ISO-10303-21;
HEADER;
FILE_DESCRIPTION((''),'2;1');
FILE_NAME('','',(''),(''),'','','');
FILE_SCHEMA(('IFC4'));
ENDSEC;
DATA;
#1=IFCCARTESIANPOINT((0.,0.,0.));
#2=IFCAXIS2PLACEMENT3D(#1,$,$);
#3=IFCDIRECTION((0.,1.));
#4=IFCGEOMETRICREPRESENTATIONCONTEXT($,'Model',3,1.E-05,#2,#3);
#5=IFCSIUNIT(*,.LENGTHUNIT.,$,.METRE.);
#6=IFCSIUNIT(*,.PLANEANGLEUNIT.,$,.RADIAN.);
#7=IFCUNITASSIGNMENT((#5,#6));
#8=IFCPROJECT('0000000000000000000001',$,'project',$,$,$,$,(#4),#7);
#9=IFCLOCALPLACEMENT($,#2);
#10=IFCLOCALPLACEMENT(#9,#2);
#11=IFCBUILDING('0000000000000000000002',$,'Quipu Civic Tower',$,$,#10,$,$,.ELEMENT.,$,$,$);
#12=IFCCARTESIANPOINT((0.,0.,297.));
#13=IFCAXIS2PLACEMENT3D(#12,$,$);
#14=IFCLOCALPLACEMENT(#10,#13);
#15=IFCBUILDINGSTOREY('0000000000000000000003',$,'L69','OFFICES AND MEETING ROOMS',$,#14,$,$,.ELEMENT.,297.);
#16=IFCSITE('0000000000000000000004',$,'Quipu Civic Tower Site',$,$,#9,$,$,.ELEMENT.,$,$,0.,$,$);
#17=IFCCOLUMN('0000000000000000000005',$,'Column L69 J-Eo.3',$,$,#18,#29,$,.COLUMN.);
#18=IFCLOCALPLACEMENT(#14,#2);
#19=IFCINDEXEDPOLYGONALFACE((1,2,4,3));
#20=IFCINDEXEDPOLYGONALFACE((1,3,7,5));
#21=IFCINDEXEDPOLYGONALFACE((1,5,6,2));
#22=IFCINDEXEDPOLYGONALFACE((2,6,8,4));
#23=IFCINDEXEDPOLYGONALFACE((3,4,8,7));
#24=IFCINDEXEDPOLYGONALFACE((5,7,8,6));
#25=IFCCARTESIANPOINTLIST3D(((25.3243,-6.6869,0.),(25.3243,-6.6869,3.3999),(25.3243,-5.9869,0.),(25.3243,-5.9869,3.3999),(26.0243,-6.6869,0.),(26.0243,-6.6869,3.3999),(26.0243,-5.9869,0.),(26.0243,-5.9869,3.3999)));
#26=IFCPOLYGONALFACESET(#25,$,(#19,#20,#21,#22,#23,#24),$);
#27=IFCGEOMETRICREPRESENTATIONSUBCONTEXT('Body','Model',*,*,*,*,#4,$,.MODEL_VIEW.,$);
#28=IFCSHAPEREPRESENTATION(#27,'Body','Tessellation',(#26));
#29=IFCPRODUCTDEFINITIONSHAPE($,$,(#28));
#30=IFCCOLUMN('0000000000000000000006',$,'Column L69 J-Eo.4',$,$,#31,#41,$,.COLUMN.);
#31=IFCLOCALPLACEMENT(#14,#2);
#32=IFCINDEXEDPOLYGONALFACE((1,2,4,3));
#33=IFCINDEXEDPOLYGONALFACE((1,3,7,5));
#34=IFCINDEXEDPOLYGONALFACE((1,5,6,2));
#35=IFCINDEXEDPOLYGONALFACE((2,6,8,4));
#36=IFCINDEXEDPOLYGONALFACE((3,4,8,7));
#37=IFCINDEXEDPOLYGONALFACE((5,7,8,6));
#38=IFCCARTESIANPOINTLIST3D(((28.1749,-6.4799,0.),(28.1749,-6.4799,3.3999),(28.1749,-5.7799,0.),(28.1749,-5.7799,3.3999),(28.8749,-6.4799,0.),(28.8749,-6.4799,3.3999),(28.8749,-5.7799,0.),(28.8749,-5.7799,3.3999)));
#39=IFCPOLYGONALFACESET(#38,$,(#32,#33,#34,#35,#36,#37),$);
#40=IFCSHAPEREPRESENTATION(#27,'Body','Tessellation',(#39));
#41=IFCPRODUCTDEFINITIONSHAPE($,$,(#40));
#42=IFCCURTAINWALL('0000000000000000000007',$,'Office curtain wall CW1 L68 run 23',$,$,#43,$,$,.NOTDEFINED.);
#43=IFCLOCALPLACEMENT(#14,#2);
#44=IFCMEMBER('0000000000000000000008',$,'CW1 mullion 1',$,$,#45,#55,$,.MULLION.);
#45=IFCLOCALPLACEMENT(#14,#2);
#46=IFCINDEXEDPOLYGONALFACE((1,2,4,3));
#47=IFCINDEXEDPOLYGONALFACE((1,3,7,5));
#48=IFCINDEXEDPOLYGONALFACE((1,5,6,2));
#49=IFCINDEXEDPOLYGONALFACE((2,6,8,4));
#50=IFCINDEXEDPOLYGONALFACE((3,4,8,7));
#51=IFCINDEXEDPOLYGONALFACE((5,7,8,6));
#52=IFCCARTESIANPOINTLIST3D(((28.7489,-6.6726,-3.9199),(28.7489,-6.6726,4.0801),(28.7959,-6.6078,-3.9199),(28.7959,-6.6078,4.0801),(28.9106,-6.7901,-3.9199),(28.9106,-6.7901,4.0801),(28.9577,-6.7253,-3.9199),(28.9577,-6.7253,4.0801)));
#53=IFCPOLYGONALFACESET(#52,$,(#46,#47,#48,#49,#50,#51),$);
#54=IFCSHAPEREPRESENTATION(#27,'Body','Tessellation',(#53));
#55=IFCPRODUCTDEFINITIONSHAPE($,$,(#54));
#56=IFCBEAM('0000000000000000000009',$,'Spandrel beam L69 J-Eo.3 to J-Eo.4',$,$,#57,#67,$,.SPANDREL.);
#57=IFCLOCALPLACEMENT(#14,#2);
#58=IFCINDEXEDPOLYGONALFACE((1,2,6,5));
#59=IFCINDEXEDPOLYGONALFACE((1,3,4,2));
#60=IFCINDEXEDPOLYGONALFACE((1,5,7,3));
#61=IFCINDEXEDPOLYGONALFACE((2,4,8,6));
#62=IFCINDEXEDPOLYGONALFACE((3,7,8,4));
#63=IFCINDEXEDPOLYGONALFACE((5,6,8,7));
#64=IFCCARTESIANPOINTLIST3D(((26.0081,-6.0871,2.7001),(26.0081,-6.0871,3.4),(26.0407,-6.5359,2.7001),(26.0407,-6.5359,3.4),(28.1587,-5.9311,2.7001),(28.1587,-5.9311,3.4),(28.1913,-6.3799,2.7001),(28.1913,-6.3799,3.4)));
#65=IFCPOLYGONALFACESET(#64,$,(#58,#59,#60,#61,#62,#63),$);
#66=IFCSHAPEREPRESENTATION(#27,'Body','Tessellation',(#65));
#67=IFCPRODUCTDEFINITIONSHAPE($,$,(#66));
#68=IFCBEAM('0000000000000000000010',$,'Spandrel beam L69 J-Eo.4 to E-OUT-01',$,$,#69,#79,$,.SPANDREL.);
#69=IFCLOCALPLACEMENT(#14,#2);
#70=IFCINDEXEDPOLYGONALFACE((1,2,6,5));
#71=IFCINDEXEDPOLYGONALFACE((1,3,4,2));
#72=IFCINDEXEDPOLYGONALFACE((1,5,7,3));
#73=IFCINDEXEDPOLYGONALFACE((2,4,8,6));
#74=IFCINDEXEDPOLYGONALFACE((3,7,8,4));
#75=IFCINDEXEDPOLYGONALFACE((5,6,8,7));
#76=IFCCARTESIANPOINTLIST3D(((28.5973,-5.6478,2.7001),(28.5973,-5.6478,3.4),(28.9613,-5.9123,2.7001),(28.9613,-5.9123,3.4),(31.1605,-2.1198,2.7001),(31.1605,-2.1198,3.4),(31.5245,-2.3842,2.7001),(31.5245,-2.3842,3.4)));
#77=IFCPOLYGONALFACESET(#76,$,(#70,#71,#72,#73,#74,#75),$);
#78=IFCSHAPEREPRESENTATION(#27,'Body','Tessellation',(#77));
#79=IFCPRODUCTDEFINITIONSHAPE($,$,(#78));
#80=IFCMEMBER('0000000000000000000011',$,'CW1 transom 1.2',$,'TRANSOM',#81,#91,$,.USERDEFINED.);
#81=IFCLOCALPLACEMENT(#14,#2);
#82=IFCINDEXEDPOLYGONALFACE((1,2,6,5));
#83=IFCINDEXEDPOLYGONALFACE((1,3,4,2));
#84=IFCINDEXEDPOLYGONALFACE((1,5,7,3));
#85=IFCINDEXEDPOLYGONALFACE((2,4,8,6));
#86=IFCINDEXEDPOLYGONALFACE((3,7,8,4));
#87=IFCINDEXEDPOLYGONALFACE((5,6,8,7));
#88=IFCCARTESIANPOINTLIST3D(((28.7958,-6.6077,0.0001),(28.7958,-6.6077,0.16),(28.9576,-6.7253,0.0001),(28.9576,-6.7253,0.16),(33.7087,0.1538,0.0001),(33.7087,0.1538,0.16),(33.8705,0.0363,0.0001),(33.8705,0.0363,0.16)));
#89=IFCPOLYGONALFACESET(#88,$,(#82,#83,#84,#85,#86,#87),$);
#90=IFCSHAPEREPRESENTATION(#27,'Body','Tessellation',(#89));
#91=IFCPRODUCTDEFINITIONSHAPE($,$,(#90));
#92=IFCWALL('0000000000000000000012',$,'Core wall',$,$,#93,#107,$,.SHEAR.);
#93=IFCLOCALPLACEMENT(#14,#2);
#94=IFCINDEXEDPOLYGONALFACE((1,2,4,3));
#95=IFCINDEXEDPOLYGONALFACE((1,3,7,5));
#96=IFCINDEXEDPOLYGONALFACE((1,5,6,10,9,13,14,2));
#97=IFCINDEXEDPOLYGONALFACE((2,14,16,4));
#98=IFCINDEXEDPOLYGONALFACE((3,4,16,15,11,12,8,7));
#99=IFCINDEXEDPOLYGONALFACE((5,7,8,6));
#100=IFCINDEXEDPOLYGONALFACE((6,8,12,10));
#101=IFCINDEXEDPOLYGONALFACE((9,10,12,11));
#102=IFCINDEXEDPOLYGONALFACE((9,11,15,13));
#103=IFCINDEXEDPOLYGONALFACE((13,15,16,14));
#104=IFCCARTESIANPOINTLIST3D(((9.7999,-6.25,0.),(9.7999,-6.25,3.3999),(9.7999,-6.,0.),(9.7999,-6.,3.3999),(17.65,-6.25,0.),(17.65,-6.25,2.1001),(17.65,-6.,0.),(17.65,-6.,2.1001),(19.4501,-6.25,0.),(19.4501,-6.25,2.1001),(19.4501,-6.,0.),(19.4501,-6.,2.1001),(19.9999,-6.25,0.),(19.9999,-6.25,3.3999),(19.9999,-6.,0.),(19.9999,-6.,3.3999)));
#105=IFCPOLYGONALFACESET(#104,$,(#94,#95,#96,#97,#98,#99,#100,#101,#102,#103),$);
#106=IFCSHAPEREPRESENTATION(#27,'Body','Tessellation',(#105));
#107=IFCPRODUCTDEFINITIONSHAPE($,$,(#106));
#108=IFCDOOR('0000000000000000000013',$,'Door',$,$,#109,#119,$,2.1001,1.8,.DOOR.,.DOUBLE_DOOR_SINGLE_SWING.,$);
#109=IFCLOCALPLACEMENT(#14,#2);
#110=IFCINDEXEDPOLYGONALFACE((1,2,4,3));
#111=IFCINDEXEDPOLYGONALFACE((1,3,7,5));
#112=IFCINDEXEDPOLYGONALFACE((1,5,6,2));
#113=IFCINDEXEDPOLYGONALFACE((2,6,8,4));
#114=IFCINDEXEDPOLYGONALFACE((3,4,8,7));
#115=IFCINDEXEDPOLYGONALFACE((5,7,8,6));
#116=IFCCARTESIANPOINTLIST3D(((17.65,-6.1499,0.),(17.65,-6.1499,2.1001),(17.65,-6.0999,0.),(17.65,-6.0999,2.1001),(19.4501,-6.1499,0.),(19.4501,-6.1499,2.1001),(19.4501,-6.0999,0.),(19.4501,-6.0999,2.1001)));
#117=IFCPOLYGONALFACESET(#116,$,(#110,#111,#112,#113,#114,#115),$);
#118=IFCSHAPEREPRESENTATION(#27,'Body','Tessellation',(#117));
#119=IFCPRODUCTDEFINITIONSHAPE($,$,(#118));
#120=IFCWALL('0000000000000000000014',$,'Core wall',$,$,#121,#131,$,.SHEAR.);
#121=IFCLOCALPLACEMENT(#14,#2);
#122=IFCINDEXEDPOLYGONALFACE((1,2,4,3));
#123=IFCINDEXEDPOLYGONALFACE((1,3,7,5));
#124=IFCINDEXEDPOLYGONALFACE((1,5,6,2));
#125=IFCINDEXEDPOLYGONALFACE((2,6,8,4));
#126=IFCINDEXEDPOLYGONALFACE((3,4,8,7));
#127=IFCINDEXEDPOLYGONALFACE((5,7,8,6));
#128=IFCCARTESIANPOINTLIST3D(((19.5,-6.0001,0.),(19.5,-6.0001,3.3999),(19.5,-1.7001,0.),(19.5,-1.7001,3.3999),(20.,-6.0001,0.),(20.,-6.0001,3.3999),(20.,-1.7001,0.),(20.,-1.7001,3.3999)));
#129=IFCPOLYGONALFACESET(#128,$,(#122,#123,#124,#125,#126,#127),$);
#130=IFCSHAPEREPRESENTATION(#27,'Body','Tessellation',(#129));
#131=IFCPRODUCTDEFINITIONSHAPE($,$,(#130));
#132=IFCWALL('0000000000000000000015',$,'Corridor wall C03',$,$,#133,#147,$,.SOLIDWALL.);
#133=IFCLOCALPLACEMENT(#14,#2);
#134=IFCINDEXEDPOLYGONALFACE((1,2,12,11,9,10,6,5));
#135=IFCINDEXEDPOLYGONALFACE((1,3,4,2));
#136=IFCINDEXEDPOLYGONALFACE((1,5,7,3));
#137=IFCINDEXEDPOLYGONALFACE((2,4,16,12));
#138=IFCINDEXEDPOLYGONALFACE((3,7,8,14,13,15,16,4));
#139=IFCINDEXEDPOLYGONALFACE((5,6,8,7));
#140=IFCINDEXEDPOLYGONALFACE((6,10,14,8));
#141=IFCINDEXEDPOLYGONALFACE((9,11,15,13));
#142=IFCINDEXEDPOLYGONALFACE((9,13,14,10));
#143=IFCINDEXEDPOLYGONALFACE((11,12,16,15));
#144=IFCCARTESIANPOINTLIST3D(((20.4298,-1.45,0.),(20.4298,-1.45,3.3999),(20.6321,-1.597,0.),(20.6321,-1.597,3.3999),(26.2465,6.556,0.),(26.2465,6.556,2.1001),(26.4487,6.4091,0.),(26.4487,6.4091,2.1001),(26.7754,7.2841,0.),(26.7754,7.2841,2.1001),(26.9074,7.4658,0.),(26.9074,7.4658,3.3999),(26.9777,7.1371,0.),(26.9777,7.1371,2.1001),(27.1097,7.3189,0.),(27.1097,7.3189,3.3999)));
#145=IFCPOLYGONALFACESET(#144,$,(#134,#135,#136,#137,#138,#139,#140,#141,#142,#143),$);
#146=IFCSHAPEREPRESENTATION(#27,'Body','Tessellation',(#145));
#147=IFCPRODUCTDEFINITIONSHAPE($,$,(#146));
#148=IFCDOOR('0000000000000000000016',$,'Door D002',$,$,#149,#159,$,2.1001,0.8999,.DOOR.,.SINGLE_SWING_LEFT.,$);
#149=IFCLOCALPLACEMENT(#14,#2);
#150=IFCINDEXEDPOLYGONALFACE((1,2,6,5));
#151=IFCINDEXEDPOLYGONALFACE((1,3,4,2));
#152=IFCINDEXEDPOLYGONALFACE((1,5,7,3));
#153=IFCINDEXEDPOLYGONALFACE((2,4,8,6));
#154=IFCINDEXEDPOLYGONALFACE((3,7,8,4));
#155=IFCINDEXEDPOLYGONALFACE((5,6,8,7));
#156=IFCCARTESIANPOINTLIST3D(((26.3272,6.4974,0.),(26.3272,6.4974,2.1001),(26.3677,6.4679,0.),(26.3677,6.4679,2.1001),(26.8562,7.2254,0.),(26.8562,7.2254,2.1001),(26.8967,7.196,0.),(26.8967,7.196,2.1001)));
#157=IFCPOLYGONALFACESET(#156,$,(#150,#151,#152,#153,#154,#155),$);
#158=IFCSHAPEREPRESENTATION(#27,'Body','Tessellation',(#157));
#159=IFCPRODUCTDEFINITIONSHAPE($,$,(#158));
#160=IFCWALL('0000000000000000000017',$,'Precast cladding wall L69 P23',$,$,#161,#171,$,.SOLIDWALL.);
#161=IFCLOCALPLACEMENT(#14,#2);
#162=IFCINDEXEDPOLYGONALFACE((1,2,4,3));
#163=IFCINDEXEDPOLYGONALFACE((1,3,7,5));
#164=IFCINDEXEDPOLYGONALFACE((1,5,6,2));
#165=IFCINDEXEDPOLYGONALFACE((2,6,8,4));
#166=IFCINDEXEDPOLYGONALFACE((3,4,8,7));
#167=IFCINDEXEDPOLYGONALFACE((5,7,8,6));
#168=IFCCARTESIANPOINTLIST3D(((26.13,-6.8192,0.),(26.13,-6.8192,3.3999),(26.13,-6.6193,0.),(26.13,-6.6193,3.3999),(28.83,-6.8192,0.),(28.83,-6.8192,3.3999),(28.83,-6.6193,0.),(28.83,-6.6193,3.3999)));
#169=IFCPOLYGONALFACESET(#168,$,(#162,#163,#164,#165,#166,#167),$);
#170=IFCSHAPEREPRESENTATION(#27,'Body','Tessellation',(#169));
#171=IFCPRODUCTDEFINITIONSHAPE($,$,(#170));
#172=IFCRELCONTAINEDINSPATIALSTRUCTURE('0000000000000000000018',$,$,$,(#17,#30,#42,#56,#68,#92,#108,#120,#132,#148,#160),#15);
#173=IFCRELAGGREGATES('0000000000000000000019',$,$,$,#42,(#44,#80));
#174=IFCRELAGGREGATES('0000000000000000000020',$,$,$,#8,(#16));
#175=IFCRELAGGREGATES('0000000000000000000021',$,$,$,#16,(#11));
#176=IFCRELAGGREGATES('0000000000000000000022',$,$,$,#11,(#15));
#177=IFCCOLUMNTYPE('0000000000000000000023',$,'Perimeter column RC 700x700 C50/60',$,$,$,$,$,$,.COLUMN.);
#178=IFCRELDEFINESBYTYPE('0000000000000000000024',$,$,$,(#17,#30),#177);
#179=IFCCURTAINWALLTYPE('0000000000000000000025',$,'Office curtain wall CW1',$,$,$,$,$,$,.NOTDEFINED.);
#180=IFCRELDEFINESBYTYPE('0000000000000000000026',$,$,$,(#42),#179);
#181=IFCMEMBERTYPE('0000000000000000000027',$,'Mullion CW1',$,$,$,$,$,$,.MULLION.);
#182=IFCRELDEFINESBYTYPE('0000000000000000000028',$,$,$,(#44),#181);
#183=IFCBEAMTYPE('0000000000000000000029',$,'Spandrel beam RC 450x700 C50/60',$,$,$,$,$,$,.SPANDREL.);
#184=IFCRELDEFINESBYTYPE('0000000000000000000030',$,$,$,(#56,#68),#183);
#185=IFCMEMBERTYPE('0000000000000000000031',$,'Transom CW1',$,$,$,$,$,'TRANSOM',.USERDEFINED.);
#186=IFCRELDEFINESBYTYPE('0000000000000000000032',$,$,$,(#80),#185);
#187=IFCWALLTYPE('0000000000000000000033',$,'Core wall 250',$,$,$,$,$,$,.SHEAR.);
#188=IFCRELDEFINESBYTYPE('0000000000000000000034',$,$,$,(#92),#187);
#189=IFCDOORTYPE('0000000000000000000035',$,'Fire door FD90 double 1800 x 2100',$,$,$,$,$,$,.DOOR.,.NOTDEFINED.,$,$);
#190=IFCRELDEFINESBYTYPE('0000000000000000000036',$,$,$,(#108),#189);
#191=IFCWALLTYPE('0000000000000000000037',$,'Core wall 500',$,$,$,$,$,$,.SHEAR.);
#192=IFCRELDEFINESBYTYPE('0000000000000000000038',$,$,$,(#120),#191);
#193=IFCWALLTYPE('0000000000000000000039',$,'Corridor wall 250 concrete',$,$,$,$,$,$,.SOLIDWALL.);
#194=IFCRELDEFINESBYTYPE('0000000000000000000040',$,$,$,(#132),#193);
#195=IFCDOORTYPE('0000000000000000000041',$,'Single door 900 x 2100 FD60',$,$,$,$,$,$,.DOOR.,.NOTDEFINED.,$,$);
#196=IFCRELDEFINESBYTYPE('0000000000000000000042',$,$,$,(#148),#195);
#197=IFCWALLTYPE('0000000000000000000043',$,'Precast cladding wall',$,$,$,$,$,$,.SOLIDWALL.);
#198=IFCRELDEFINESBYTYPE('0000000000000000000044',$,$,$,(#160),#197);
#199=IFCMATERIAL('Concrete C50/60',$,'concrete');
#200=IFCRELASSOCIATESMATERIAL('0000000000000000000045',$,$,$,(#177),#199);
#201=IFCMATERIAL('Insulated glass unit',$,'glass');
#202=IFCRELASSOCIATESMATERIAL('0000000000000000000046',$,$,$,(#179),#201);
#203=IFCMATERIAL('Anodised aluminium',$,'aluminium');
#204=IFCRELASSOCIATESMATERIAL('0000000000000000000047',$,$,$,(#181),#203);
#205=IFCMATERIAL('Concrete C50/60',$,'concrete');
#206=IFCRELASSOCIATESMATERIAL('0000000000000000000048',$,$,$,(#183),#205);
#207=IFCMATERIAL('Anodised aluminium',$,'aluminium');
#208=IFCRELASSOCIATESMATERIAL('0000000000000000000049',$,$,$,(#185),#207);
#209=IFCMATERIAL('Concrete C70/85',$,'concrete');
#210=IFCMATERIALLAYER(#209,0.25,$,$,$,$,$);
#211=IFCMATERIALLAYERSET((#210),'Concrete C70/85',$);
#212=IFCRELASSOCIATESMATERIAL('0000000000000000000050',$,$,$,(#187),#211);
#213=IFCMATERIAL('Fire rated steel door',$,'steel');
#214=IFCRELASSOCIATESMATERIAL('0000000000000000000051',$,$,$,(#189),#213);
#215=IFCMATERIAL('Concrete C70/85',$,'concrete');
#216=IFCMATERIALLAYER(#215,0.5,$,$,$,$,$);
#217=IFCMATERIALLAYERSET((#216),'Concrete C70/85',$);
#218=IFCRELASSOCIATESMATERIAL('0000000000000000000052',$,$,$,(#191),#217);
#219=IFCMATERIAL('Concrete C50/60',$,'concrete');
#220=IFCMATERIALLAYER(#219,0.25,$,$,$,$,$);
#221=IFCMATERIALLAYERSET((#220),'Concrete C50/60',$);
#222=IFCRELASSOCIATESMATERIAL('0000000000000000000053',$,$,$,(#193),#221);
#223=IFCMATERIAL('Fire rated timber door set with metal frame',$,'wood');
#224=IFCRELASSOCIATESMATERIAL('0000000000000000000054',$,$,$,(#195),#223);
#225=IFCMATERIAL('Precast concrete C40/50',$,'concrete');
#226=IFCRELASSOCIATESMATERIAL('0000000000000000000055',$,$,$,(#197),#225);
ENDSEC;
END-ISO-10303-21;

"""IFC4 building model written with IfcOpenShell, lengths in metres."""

from ifc_helpers import new_model, si_unit, direction, frame, frame_2d, origin, origin_2d, place, context, subcontext, project, spatial, rectangle, extrude, material, layer, layer_set, material_profile, profile_set, type_object, element, fill, aggregate, save


model = new_model("IFC4")

# Units and contexts
model_context = context("Model", 3, precision=1e-05, world=origin(), true_north=direction((0.0, 1.0)))
body_context = subcontext(model_context, "Body", "Model", "MODEL_VIEW")
ifc_project = project(units=[si_unit("LENGTHUNIT", "METRE"), si_unit("PLANEANGLEUNIT", "RADIAN")], contexts=[model_context])

# Site, building, storey
site_placement = place(None, origin())
site = spatial("IfcSite", under=ifc_project, at=site_placement, Name="Quipu Civic Tower Site", CompositionType="ELEMENT", RefElevation=0.0)
building_placement = place(site_placement, origin())
building = spatial("IfcBuilding", under=site, at=building_placement, Name="Quipu Civic Tower", CompositionType="ELEMENT")
storey_placement = place(building_placement, frame((0.0, 0.0, 297.0)))
storey = spatial("IfcBuildingStorey", under=building, at=storey_placement, Name="L69", Description="OFFICES AND MEETING ROOMS", CompositionType="ELEMENT", Elevation=297.0)

# Columns
ifc_material_1 = material(Name="Concrete C50/60", Category="concrete")
ifc_material_profile_1 = material_profile(ifc_material_1, rectangle(XDim=0.7, YDim=0.7, at=origin_2d()), Name="RC700x700")
ifc_profile_set_1 = profile_set([ifc_material_profile_1], Name="Concrete C50/60")
column_type = type_object("IfcColumnType", Name="Perimeter column RC 700x700 C50/60", PredefinedType="COLUMN", material=ifc_profile_set_1)
for number, where, z_axis, x_axis, name in (
    (1, (25.6743, -6.3369, 0.0), (0.0, 0.0, 1.0), (1.0, 0.0, 0.0), "Column L69 J-Eo.3"),
    (2, (28.5249, -6.1299, 0.0), (0.0, 0.0, 1.0), (1.0, 0.0, 0.0), "Column L69 J-Eo.4"),
):
    element("IfcColumn", number, at=place(storey_placement, frame(where, z_axis=z_axis, x_axis=x_axis)), inside=storey, type_object=column_type, Name=name, PredefinedType="COLUMN", context=body_context, shape_type="SweptSolid", body=[
        extrude(rectangle(XDim=0.7, YDim=0.7, at=origin_2d()), origin(), (0.0, 0.0, 1.0), 3.3999),
    ])

# Curtain wall, member
ifc_material_2 = material(Name="Insulated glass unit", Category="glass")
curtain_wall_type = type_object("IfcCurtainWallType", Name="Office curtain wall CW1", PredefinedType="NOTDEFINED", material=ifc_material_2)
curtain_wall_placement = place(storey_placement, origin())
curtain_wall = element("IfcCurtainWall", 3, at=curtain_wall_placement, inside=storey, type_object=curtain_wall_type, Name="Office curtain wall CW1 L68 run 23", PredefinedType="NOTDEFINED")
ifc_material_3 = material(Name="Anodised aluminium", Category="aluminium")
ifc_material_profile_2 = material_profile(ifc_material_3, rectangle(XDim=0.2, YDim=0.0801, at=origin_2d()), Name="RECT 200x80")
ifc_profile_set_2 = profile_set([ifc_material_profile_2], Name="Anodised aluminium")
member_type_1 = type_object("IfcMemberType", Name="Mullion CW1", PredefinedType="MULLION", material=ifc_profile_set_2)
member_1_placement = place(storey_placement, frame((28.8533, -6.699, -3.9199), z_axis=(0.0, 0.0, 1.0), x_axis=(-0.809016, 0.587786, 0.0)))
member_1 = element("IfcMember", 4, at=member_1_placement, type_object=member_type_1, Name="CW1 mullion 1", PredefinedType="MULLION", context=body_context, shape_type="SweptSolid", body=[
    extrude(rectangle(XDim=0.2, YDim=0.0801, at=origin_2d()), origin(), (0.0, 0.0, 1.0), 8.0),
])

# Beams
ifc_material_4 = material(Name="Concrete C50/60", Category="concrete")
ifc_material_profile_3 = material_profile(ifc_material_4, rectangle(XDim=0.45, YDim=0.7, at=origin_2d()), Name="RC450x700")
ifc_profile_set_3 = profile_set([ifc_material_profile_3], Name="Concrete C50/60")
beam_type = type_object("IfcBeamType", Name="Spandrel beam RC 450x700 C50/60", PredefinedType="SPANDREL", material=ifc_profile_set_3)
beam_1_placement = place(storey_placement, frame((26.0244, -6.3115, 3.05), z_axis=(0.997379, 0.072349, 0.0), x_axis=(-0.072349, 0.997379, 0.0)))
element("IfcBeam", 5, at=beam_1_placement, inside=storey, type_object=beam_type, Name="Spandrel beam L69 J-Eo.3 to J-Eo.4", PredefinedType="SPANDREL", context=body_context, shape_type="SweptSolid", body=[
    extrude(rectangle(XDim=0.45, YDim=0.7, at=origin_2d()), origin(), (0.0, 0.0, 1.0), 2.1562),
])
beam_2_placement = place(storey_placement, frame((28.7793, -5.78, 3.05), z_axis=(0.587776, 0.809024, 0.0), x_axis=(-0.809024, 0.587776, 0.0)))
element("IfcBeam", 6, at=beam_2_placement, inside=storey, type_object=beam_type, Name="Spandrel beam L69 J-Eo.4 to E-OUT-01", PredefinedType="SPANDREL", context=body_context, shape_type="SweptSolid", body=[
    extrude(rectangle(XDim=0.45, YDim=0.7, at=origin_2d()), origin(), (0.0, 0.0, 1.0), 4.3608),
])

# Member
ifc_material_5 = material(Name="Anodised aluminium", Category="aluminium")
ifc_material_profile_4 = material_profile(ifc_material_5, rectangle(XDim=0.2, YDim=0.1599, at=origin_2d()), Name="RECT 200x160")
ifc_profile_set_4 = profile_set([ifc_material_profile_4], Name="Anodised aluminium")
member_type_2 = type_object("IfcMemberType", Name="Transom CW1", ElementType="TRANSOM", PredefinedType="USERDEFINED", material=ifc_profile_set_4)
member_2_placement = place(storey_placement, frame((28.8767, -6.6665, 0.0801), z_axis=(0.587812, 0.808997, 0.0), x_axis=(-0.808997, 0.587812, 0.0)))
member_2 = element("IfcMember", 7, at=member_2_placement, type_object=member_type_2, Name="CW1 transom 1.2", ObjectType="TRANSOM", PredefinedType="USERDEFINED", context=body_context, shape_type="SweptSolid", body=[
    extrude(rectangle(XDim=0.2, YDim=0.1599, at=origin_2d()), origin(), (0.0, 0.0, 1.0), 8.3579),
])
aggregate(curtain_wall, [member_1, member_2])

# Wall, opening, door
ifc_material_6 = material(Name="Concrete C70/85", Category="concrete")
ifc_layer_1 = layer(ifc_material_6, 0.25)
ifc_layer_set_1 = layer_set([ifc_layer_1], Name="Concrete C70/85")
wall_type_1 = type_object("IfcWallType", Name="Core wall 250", PredefinedType="SHEAR", material=ifc_layer_set_1)
wall_1_placement = place(storey_placement, frame((20.0, -6.125, 0.0), z_axis=(0.0, 0.0, 1.0), x_axis=(-1.0, 0.0, 0.0)))
wall_1 = element("IfcWall", 8, at=wall_1_placement, inside=storey, type_object=wall_type_1, Name="Core wall", PredefinedType="SHEAR", context=body_context, shape_type="SweptSolid", body=[
    extrude(rectangle(XDim=10.2, YDim=0.25, at=frame_2d((5.1001, 0.0))), origin(), (0.0, 0.0, 1.0), 3.3999),
])
opening_1_placement = place(wall_1_placement, frame((0.55, 0.0, 0.0)))
opening_1 = element("IfcOpeningElement", 9, at=opening_1_placement, cuts=wall_1, PredefinedType="OPENING", context=body_context, shape_type="SweptSolid", body=[
    extrude(rectangle(XDim=1.8, YDim=2.1001, at=frame_2d((0.8999, 1.05))), frame((0.0, 0.135, 0.0), z_axis=(0.0, -1.0, 0.0), x_axis=(1.0, 0.0, 0.0)), (0.0, 0.0, 1.0), 0.27),
])
ifc_material_7 = material(Name="Fire rated steel door", Category="steel")
door_type_1 = type_object("IfcDoorType", Name="Fire door FD90 double 1800 x 2100", OperationType="NOTDEFINED", PredefinedType="DOOR", material=ifc_material_7)
door_1_placement = place(opening_1_placement, origin())
door_1 = element("IfcDoor", 10, at=door_1_placement, inside=storey, type_object=door_type_1, Name="Door", OperationType="DOUBLE_DOOR_SINGLE_SWING", OverallHeight=2.1001, OverallWidth=1.8, PredefinedType="DOOR", context=body_context, shape_type="SweptSolid", body=[
    extrude(rectangle(XDim=1.8, YDim=2.1001, at=frame_2d((0.8999, 1.05))), frame((0.0, 0.0249, 0.0), z_axis=(0.0, -1.0, 0.0), x_axis=(1.0, 0.0, 0.0)), (0.0, 0.0, 1.0), 0.05),
])
fill(opening_1, door_1)

# Wall
ifc_material_8 = material(Name="Concrete C70/85", Category="concrete")
ifc_layer_2 = layer(ifc_material_8, 0.5)
ifc_layer_set_2 = layer_set([ifc_layer_2], Name="Concrete C70/85")
wall_type_2 = type_object("IfcWallType", Name="Core wall 500", PredefinedType="SHEAR", material=ifc_layer_set_2)
wall_2_placement = place(storey_placement, frame((19.75, -6.0, 0.0), z_axis=(0.0, 0.0, 1.0), x_axis=(0.0, 1.0, 0.0)))
element("IfcWall", 11, at=wall_2_placement, inside=storey, type_object=wall_type_2, Name="Core wall", PredefinedType="SHEAR", context=body_context, shape_type="SweptSolid", body=[
    extrude(rectangle(XDim=4.3, YDim=0.5, at=frame_2d((2.1499, 0.0))), origin(), (0.0, 0.0, 1.0), 3.3999),
])

# Wall, opening, door
ifc_material_9 = material(Name="Concrete C50/60", Category="concrete")
ifc_layer_3 = layer(ifc_material_9, 0.25)
ifc_layer_set_3 = layer_set([ifc_layer_3], Name="Concrete C50/60")
wall_type_3 = type_object("IfcWallType", Name="Corridor wall 250 concrete", PredefinedType="SOLIDWALL", material=ifc_layer_set_3)
wall_3_placement = place(storey_placement, frame((27.0085, 7.3923, 0.0), z_axis=(0.0, 0.0, 1.0), x_axis=(-0.587776, -0.809023, 0.0)))
wall_3 = element("IfcWall", 12, at=wall_3_placement, inside=storey, type_object=wall_type_3, Name="Corridor wall C03", PredefinedType="SOLIDWALL", context=body_context, shape_type="SweptSolid", body=[
    extrude(rectangle(XDim=11.0205, YDim=0.25, at=frame_2d((5.5103, 0.0))), origin(), (0.0, 0.0, 1.0), 3.3999),
])
opening_2_placement = place(wall_3_placement, frame((0.2246, 0.0, 0.0)))
opening_2 = element("IfcOpeningElement", 13, at=opening_2_placement, cuts=wall_3, PredefinedType="OPENING", context=body_context, shape_type="SweptSolid", body=[
    extrude(rectangle(XDim=0.8999, YDim=2.1001, at=frame_2d((0.45, 1.05))), frame((0.0, 0.135, 0.0), z_axis=(0.0, -1.0, 0.0), x_axis=(1.0, 0.0, 0.0)), (0.0, 0.0, 1.0), 0.27),
])
ifc_material_10 = material(Name="Fire rated timber door set with metal frame", Category="wood")
door_type_2 = type_object("IfcDoorType", Name="Single door 900 x 2100 FD60", OperationType="NOTDEFINED", PredefinedType="DOOR", material=ifc_material_10)
door_2_placement = place(opening_2_placement, origin())
door_2 = element("IfcDoor", 14, at=door_2_placement, inside=storey, type_object=door_type_2, Name="Door D002", OperationType="SINGLE_SWING_LEFT", OverallHeight=2.1001, OverallWidth=0.8999, PredefinedType="DOOR", context=body_context, shape_type="SweptSolid", body=[
    extrude(rectangle(XDim=0.8999, YDim=2.1001, at=frame_2d((0.45, 1.05))), frame((0.0, 0.0249, 0.0), z_axis=(0.0, -1.0, 0.0), x_axis=(1.0, 0.0, 0.0)), (0.0, 0.0, 1.0), 0.05),
])
fill(opening_2, door_2)

# Wall
ifc_material_11 = material(Name="Precast concrete C40/50", Category="concrete")
wall_type_4 = type_object("IfcWallType", Name="Precast cladding wall", PredefinedType="SOLIDWALL", material=ifc_material_11)
wall_4_placement = place(storey_placement, frame((26.1299, -6.7192, 0.0), z_axis=(0.0, 0.0, 1.0), x_axis=(1.0, 0.0, 0.0)))
element("IfcWall", 15, at=wall_4_placement, inside=storey, type_object=wall_type_4, Name="Precast cladding wall L69 P23", PredefinedType="SOLIDWALL", context=body_context, shape_type="SweptSolid", body=[
    extrude(rectangle(XDim=2.7, YDim=0.2, at=frame_2d((1.3501, 0.0))), origin(), (0.0, 0.0, 1.0), 3.3999),
])

save(model, "model.ifc")
